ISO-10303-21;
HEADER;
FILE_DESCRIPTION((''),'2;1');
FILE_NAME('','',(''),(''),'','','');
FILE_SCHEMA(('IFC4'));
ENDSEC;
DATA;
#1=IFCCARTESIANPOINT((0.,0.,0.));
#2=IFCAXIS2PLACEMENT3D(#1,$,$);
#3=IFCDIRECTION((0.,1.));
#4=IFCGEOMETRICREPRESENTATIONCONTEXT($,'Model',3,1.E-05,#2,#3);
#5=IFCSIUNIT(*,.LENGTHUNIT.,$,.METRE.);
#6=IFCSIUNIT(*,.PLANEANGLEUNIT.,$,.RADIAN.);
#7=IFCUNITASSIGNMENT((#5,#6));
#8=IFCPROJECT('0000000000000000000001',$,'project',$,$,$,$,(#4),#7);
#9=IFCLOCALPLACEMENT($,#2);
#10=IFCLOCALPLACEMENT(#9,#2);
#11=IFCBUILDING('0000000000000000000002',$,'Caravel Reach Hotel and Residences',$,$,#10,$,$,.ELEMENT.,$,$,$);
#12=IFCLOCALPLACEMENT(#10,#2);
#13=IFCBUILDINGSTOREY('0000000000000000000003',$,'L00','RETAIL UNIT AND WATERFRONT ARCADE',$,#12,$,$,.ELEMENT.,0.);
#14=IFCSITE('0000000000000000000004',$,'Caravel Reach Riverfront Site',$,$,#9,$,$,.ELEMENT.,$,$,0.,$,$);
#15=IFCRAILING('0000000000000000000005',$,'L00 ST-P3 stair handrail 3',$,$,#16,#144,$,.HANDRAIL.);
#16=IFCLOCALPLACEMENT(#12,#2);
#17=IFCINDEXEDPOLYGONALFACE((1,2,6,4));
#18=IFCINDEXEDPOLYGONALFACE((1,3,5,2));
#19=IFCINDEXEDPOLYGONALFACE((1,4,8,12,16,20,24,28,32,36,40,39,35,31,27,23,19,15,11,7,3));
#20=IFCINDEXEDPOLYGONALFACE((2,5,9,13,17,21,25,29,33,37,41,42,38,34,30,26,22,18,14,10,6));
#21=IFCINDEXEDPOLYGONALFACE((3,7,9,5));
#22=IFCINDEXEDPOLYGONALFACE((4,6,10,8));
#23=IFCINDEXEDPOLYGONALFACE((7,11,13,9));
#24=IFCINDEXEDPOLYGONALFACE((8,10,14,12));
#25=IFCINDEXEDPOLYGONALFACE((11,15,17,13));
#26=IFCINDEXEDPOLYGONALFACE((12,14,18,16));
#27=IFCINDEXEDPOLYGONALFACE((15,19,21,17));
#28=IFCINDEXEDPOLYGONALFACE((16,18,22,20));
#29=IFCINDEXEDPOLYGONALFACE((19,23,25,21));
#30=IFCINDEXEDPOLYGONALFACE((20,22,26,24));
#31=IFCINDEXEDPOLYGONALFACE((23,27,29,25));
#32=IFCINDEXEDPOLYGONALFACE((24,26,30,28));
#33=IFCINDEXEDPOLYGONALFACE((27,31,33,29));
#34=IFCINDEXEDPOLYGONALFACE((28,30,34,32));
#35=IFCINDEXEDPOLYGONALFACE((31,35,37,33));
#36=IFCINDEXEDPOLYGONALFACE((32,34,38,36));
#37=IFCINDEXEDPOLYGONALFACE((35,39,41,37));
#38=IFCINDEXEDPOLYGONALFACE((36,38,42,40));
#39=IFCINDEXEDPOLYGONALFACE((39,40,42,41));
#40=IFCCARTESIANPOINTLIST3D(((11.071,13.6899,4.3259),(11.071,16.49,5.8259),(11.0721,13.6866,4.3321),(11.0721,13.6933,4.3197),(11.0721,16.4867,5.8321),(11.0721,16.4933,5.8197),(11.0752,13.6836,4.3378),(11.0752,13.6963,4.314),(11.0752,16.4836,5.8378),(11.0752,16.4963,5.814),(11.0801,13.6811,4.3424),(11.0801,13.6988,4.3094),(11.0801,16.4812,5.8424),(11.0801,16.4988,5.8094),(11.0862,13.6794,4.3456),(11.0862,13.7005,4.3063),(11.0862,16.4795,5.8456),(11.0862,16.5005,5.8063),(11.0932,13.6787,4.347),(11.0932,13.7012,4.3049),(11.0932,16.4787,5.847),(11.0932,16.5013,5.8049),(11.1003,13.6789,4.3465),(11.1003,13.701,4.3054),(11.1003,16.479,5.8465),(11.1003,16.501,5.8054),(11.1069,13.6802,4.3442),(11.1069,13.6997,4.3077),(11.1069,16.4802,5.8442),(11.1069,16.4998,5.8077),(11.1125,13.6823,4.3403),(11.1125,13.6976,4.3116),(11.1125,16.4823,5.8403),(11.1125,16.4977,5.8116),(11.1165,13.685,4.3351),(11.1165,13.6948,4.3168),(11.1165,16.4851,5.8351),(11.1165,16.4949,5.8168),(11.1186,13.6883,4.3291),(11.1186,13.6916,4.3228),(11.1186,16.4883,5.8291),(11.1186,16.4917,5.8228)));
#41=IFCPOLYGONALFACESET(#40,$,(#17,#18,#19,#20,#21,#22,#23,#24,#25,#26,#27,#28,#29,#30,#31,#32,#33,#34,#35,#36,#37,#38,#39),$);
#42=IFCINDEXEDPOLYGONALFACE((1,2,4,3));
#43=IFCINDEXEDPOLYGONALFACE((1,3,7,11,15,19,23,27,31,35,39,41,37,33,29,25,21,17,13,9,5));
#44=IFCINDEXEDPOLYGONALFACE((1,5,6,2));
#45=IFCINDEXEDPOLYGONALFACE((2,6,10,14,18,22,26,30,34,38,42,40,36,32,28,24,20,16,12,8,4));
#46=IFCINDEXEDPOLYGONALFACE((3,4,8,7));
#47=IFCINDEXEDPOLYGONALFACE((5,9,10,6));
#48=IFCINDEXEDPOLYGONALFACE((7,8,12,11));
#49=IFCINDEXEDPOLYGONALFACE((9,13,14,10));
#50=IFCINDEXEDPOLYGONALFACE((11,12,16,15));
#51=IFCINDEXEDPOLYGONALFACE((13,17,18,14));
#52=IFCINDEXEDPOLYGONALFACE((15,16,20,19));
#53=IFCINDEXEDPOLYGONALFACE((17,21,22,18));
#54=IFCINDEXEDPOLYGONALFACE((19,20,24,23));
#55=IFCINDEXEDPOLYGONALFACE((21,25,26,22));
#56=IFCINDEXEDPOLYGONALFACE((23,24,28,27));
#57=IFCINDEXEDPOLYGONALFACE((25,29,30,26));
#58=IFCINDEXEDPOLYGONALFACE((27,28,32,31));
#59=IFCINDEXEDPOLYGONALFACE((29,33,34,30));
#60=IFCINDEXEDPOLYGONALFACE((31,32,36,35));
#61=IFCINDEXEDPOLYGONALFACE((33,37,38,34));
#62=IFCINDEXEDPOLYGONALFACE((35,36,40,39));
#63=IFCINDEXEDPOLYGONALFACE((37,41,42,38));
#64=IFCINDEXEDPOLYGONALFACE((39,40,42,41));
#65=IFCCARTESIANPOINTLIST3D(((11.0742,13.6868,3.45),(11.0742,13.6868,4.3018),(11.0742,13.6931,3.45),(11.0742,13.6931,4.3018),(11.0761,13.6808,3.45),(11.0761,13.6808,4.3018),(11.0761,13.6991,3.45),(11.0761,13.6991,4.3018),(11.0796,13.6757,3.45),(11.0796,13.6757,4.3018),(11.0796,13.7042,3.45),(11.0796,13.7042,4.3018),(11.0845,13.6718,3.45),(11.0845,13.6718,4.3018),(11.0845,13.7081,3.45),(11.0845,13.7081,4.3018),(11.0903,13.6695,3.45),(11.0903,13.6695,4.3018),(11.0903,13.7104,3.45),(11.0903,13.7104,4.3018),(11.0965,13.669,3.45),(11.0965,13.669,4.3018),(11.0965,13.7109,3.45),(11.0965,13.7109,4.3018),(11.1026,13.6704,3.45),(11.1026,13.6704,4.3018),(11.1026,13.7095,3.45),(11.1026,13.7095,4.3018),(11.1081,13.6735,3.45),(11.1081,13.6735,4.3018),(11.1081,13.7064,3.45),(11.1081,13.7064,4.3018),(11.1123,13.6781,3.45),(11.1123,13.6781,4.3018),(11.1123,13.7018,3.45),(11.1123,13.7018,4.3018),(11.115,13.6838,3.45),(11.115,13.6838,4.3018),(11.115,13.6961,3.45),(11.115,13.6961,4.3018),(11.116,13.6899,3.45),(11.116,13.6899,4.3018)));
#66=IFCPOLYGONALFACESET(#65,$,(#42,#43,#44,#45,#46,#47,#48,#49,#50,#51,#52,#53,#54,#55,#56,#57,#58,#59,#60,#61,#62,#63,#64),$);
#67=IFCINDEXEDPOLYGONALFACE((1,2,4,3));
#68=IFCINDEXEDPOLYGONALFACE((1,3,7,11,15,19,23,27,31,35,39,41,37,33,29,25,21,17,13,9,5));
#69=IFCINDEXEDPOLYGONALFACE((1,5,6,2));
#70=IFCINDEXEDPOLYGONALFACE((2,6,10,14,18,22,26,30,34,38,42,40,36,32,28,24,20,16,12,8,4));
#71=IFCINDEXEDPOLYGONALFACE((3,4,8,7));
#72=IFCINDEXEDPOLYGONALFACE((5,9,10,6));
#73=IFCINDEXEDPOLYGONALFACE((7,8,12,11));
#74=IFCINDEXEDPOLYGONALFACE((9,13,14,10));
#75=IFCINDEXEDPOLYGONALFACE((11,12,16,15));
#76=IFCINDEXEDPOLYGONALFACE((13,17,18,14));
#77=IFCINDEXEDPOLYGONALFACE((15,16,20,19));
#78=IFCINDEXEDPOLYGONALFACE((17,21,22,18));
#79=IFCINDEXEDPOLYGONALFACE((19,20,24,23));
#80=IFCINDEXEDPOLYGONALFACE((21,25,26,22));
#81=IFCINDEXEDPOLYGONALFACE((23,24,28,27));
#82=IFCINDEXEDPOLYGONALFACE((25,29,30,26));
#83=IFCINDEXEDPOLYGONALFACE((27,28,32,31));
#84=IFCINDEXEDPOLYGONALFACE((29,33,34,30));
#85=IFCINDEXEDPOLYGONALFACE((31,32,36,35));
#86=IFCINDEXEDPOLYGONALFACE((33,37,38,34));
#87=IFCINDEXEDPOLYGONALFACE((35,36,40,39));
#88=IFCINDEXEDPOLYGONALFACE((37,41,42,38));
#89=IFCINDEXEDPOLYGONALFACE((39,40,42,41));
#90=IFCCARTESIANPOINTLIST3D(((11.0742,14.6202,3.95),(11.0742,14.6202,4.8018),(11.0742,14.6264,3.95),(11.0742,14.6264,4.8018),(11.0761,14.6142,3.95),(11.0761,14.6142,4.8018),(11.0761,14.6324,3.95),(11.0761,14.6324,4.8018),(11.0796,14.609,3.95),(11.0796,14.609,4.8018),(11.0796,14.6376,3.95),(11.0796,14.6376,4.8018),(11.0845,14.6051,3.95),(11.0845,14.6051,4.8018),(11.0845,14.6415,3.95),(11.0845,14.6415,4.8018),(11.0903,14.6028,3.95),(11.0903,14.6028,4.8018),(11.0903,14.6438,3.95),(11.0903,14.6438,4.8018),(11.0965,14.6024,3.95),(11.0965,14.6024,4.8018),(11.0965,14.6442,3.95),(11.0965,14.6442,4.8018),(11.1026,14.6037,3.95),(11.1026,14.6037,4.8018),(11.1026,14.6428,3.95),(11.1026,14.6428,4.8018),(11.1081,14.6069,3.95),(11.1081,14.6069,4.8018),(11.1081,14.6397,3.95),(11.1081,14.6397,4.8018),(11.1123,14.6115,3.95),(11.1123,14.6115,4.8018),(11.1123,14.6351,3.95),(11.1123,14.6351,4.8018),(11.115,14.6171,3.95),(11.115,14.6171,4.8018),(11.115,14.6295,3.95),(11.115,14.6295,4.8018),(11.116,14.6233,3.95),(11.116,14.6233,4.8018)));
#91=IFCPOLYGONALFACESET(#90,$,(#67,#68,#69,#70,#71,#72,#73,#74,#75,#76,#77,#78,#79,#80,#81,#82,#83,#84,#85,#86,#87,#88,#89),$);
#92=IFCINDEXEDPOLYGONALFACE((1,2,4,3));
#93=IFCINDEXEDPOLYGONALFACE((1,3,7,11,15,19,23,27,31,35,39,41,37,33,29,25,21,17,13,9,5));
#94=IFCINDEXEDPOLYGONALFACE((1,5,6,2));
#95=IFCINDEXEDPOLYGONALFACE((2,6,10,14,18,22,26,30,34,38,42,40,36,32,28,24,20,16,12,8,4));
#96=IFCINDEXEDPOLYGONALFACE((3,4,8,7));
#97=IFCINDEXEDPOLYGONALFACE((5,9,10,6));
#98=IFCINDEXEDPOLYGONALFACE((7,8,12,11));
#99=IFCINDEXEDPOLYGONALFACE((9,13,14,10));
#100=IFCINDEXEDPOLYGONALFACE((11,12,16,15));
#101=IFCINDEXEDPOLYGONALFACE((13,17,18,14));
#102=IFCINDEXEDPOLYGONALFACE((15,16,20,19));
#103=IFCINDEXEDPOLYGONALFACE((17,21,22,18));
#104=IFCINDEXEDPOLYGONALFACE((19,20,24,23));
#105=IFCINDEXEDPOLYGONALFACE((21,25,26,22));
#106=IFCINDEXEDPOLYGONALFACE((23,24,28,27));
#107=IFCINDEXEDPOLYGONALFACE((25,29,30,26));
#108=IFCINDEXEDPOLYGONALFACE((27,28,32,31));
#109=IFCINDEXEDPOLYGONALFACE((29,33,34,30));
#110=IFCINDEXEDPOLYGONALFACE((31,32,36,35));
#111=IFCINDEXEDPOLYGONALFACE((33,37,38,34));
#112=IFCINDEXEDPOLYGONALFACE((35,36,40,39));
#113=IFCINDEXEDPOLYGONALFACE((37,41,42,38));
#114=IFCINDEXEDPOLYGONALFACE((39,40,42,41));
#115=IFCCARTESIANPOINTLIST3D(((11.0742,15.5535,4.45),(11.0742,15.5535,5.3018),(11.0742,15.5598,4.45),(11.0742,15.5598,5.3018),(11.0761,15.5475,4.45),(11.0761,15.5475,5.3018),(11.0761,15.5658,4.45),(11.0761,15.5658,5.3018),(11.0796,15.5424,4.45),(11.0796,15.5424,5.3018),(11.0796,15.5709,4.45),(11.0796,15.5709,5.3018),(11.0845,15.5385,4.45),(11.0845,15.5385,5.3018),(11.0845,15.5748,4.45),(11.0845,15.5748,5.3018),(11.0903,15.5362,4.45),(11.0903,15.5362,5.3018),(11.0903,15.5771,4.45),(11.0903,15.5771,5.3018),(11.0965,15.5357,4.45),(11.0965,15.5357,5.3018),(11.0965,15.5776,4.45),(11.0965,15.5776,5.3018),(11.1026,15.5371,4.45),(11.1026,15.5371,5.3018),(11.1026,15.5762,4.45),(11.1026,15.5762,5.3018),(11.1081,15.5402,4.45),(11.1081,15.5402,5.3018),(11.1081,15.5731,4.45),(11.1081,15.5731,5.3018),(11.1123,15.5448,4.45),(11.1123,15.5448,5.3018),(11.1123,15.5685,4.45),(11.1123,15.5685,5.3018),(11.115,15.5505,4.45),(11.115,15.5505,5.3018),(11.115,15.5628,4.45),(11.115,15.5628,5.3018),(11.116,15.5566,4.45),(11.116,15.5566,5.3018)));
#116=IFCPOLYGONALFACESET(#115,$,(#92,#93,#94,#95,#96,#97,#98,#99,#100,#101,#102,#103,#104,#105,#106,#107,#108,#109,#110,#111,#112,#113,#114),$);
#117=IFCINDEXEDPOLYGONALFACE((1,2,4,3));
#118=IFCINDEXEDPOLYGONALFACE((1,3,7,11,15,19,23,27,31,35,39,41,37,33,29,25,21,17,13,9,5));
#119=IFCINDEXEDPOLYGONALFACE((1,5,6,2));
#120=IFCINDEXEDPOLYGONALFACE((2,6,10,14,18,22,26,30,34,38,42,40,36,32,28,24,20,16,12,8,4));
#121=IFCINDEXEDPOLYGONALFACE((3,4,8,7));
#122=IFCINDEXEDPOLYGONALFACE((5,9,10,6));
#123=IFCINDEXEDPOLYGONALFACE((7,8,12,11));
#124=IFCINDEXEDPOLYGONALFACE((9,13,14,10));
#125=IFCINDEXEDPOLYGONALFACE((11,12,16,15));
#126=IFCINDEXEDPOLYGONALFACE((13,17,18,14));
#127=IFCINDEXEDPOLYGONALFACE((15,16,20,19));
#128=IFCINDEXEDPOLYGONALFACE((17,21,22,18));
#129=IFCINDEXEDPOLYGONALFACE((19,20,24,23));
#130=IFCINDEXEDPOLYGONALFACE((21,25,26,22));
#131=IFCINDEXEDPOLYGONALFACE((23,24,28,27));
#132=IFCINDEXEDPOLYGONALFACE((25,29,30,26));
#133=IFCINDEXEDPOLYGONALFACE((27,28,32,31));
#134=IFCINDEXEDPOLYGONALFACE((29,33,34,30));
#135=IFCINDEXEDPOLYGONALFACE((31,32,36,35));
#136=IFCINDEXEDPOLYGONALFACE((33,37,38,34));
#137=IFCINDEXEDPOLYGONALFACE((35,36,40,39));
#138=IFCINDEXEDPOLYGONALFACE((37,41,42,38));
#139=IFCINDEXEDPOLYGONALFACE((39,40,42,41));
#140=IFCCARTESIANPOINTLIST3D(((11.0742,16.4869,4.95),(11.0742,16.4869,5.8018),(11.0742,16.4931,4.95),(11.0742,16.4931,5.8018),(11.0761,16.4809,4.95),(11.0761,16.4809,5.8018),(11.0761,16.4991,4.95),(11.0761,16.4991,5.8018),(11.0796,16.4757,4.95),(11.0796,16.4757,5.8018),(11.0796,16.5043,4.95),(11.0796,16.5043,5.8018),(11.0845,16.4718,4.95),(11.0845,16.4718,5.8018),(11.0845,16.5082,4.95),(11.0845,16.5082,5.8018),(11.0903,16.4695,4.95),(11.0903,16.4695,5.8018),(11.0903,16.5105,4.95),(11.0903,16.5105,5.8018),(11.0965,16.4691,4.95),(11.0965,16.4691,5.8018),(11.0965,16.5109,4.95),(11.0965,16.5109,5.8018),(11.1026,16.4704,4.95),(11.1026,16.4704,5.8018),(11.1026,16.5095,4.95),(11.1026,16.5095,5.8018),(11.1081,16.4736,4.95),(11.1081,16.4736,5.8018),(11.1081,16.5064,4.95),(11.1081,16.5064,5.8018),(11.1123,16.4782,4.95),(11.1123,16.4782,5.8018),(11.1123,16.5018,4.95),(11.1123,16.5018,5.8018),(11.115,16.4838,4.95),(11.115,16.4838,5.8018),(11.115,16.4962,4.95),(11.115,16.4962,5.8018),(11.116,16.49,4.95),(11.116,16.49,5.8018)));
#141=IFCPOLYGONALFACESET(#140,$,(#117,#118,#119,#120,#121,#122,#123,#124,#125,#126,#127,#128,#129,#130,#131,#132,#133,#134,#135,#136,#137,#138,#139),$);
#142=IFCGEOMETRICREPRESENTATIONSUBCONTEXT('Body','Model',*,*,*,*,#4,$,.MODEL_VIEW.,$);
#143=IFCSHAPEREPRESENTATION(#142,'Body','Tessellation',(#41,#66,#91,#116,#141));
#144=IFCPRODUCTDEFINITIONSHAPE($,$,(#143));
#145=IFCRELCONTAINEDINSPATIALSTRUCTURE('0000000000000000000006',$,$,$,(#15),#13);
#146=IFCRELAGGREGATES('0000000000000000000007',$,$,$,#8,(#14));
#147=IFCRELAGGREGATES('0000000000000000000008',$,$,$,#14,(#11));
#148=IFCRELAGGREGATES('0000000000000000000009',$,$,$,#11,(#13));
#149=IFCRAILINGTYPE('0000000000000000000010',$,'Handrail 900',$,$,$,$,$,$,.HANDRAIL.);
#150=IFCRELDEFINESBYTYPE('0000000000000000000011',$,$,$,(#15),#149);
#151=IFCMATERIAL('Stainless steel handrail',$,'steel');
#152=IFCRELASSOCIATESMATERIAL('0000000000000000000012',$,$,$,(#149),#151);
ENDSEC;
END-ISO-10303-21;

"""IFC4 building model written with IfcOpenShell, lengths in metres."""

from ifc_helpers import new_model, si_unit, direction, frame, origin, origin_2d, place, context, subcontext, project, spatial, circle, extrude, material, type_object, element, save


model = new_model("IFC4")

# Units and contexts
model_context = context("Model", 3, precision=1e-05, world=origin(), true_north=direction((0.0, 1.0)))
body_context = subcontext(model_context, "Body", "Model", "MODEL_VIEW")
ifc_project = project(units=[si_unit("LENGTHUNIT", "METRE"), si_unit("PLANEANGLEUNIT", "RADIAN")], contexts=[model_context])

# Site, building, storey
site_placement = place(None, origin())
site = spatial("IfcSite", under=ifc_project, at=site_placement, Name="Caravel Reach Riverfront Site", CompositionType="ELEMENT", RefElevation=0.0)
building_placement = place(site_placement, origin())
building = spatial("IfcBuilding", under=site, at=building_placement, Name="Caravel Reach Hotel and Residences", CompositionType="ELEMENT")
storey_placement = place(building_placement, origin())
storey = spatial("IfcBuildingStorey", under=building, at=storey_placement, Name="L00", Description="RETAIL UNIT AND WATERFRONT ARCADE", CompositionType="ELEMENT", Elevation=0.0)

# Railing
ifc_material_1 = material(Name="Stainless steel handrail", Category="steel")
railing_type_1 = type_object("IfcRailingType", Name="Handrail 900", PredefinedType="HANDRAIL", material=ifc_material_1)
for number, where, name in (
    (1, (11.095, 13.6899, 3.45), "L00 ST-P3 stair handrail 3"),
):
    element("IfcRailing", number, at=place(storey_placement, frame(where)), inside=storey, type_object=railing_type_1, Name=name, PredefinedType="HANDRAIL", context=body_context, shape_type="SweptSolid", body=[
        extrude(circle(Radius=0.0239, at=origin_2d()), frame((0.0, 0.0, 0.876), z_axis=(0.0, 0.881483, 0.472215), x_axis=(-1.0, 0.0, 0.0)), (0.0, 0.0, 1.0), 3.1765),
        extrude(circle(Radius=0.021, at=origin_2d()), origin(), (0.0, 0.0, 1.0), 0.8518),
        extrude(circle(Radius=0.021, at=origin_2d()), frame((0.0, 0.9333, 0.5)), (0.0, 0.0, 1.0), 0.8518),
        extrude(circle(Radius=0.021, at=origin_2d()), frame((0.0, 1.8667, 1.0)), (0.0, 0.0, 1.0), 0.8518),
        extrude(circle(Radius=0.021, at=origin_2d()), frame((0.0, 2.8, 1.5)), (0.0, 0.0, 1.0), 0.8518),
    ])

save(model, "model.ifc")
